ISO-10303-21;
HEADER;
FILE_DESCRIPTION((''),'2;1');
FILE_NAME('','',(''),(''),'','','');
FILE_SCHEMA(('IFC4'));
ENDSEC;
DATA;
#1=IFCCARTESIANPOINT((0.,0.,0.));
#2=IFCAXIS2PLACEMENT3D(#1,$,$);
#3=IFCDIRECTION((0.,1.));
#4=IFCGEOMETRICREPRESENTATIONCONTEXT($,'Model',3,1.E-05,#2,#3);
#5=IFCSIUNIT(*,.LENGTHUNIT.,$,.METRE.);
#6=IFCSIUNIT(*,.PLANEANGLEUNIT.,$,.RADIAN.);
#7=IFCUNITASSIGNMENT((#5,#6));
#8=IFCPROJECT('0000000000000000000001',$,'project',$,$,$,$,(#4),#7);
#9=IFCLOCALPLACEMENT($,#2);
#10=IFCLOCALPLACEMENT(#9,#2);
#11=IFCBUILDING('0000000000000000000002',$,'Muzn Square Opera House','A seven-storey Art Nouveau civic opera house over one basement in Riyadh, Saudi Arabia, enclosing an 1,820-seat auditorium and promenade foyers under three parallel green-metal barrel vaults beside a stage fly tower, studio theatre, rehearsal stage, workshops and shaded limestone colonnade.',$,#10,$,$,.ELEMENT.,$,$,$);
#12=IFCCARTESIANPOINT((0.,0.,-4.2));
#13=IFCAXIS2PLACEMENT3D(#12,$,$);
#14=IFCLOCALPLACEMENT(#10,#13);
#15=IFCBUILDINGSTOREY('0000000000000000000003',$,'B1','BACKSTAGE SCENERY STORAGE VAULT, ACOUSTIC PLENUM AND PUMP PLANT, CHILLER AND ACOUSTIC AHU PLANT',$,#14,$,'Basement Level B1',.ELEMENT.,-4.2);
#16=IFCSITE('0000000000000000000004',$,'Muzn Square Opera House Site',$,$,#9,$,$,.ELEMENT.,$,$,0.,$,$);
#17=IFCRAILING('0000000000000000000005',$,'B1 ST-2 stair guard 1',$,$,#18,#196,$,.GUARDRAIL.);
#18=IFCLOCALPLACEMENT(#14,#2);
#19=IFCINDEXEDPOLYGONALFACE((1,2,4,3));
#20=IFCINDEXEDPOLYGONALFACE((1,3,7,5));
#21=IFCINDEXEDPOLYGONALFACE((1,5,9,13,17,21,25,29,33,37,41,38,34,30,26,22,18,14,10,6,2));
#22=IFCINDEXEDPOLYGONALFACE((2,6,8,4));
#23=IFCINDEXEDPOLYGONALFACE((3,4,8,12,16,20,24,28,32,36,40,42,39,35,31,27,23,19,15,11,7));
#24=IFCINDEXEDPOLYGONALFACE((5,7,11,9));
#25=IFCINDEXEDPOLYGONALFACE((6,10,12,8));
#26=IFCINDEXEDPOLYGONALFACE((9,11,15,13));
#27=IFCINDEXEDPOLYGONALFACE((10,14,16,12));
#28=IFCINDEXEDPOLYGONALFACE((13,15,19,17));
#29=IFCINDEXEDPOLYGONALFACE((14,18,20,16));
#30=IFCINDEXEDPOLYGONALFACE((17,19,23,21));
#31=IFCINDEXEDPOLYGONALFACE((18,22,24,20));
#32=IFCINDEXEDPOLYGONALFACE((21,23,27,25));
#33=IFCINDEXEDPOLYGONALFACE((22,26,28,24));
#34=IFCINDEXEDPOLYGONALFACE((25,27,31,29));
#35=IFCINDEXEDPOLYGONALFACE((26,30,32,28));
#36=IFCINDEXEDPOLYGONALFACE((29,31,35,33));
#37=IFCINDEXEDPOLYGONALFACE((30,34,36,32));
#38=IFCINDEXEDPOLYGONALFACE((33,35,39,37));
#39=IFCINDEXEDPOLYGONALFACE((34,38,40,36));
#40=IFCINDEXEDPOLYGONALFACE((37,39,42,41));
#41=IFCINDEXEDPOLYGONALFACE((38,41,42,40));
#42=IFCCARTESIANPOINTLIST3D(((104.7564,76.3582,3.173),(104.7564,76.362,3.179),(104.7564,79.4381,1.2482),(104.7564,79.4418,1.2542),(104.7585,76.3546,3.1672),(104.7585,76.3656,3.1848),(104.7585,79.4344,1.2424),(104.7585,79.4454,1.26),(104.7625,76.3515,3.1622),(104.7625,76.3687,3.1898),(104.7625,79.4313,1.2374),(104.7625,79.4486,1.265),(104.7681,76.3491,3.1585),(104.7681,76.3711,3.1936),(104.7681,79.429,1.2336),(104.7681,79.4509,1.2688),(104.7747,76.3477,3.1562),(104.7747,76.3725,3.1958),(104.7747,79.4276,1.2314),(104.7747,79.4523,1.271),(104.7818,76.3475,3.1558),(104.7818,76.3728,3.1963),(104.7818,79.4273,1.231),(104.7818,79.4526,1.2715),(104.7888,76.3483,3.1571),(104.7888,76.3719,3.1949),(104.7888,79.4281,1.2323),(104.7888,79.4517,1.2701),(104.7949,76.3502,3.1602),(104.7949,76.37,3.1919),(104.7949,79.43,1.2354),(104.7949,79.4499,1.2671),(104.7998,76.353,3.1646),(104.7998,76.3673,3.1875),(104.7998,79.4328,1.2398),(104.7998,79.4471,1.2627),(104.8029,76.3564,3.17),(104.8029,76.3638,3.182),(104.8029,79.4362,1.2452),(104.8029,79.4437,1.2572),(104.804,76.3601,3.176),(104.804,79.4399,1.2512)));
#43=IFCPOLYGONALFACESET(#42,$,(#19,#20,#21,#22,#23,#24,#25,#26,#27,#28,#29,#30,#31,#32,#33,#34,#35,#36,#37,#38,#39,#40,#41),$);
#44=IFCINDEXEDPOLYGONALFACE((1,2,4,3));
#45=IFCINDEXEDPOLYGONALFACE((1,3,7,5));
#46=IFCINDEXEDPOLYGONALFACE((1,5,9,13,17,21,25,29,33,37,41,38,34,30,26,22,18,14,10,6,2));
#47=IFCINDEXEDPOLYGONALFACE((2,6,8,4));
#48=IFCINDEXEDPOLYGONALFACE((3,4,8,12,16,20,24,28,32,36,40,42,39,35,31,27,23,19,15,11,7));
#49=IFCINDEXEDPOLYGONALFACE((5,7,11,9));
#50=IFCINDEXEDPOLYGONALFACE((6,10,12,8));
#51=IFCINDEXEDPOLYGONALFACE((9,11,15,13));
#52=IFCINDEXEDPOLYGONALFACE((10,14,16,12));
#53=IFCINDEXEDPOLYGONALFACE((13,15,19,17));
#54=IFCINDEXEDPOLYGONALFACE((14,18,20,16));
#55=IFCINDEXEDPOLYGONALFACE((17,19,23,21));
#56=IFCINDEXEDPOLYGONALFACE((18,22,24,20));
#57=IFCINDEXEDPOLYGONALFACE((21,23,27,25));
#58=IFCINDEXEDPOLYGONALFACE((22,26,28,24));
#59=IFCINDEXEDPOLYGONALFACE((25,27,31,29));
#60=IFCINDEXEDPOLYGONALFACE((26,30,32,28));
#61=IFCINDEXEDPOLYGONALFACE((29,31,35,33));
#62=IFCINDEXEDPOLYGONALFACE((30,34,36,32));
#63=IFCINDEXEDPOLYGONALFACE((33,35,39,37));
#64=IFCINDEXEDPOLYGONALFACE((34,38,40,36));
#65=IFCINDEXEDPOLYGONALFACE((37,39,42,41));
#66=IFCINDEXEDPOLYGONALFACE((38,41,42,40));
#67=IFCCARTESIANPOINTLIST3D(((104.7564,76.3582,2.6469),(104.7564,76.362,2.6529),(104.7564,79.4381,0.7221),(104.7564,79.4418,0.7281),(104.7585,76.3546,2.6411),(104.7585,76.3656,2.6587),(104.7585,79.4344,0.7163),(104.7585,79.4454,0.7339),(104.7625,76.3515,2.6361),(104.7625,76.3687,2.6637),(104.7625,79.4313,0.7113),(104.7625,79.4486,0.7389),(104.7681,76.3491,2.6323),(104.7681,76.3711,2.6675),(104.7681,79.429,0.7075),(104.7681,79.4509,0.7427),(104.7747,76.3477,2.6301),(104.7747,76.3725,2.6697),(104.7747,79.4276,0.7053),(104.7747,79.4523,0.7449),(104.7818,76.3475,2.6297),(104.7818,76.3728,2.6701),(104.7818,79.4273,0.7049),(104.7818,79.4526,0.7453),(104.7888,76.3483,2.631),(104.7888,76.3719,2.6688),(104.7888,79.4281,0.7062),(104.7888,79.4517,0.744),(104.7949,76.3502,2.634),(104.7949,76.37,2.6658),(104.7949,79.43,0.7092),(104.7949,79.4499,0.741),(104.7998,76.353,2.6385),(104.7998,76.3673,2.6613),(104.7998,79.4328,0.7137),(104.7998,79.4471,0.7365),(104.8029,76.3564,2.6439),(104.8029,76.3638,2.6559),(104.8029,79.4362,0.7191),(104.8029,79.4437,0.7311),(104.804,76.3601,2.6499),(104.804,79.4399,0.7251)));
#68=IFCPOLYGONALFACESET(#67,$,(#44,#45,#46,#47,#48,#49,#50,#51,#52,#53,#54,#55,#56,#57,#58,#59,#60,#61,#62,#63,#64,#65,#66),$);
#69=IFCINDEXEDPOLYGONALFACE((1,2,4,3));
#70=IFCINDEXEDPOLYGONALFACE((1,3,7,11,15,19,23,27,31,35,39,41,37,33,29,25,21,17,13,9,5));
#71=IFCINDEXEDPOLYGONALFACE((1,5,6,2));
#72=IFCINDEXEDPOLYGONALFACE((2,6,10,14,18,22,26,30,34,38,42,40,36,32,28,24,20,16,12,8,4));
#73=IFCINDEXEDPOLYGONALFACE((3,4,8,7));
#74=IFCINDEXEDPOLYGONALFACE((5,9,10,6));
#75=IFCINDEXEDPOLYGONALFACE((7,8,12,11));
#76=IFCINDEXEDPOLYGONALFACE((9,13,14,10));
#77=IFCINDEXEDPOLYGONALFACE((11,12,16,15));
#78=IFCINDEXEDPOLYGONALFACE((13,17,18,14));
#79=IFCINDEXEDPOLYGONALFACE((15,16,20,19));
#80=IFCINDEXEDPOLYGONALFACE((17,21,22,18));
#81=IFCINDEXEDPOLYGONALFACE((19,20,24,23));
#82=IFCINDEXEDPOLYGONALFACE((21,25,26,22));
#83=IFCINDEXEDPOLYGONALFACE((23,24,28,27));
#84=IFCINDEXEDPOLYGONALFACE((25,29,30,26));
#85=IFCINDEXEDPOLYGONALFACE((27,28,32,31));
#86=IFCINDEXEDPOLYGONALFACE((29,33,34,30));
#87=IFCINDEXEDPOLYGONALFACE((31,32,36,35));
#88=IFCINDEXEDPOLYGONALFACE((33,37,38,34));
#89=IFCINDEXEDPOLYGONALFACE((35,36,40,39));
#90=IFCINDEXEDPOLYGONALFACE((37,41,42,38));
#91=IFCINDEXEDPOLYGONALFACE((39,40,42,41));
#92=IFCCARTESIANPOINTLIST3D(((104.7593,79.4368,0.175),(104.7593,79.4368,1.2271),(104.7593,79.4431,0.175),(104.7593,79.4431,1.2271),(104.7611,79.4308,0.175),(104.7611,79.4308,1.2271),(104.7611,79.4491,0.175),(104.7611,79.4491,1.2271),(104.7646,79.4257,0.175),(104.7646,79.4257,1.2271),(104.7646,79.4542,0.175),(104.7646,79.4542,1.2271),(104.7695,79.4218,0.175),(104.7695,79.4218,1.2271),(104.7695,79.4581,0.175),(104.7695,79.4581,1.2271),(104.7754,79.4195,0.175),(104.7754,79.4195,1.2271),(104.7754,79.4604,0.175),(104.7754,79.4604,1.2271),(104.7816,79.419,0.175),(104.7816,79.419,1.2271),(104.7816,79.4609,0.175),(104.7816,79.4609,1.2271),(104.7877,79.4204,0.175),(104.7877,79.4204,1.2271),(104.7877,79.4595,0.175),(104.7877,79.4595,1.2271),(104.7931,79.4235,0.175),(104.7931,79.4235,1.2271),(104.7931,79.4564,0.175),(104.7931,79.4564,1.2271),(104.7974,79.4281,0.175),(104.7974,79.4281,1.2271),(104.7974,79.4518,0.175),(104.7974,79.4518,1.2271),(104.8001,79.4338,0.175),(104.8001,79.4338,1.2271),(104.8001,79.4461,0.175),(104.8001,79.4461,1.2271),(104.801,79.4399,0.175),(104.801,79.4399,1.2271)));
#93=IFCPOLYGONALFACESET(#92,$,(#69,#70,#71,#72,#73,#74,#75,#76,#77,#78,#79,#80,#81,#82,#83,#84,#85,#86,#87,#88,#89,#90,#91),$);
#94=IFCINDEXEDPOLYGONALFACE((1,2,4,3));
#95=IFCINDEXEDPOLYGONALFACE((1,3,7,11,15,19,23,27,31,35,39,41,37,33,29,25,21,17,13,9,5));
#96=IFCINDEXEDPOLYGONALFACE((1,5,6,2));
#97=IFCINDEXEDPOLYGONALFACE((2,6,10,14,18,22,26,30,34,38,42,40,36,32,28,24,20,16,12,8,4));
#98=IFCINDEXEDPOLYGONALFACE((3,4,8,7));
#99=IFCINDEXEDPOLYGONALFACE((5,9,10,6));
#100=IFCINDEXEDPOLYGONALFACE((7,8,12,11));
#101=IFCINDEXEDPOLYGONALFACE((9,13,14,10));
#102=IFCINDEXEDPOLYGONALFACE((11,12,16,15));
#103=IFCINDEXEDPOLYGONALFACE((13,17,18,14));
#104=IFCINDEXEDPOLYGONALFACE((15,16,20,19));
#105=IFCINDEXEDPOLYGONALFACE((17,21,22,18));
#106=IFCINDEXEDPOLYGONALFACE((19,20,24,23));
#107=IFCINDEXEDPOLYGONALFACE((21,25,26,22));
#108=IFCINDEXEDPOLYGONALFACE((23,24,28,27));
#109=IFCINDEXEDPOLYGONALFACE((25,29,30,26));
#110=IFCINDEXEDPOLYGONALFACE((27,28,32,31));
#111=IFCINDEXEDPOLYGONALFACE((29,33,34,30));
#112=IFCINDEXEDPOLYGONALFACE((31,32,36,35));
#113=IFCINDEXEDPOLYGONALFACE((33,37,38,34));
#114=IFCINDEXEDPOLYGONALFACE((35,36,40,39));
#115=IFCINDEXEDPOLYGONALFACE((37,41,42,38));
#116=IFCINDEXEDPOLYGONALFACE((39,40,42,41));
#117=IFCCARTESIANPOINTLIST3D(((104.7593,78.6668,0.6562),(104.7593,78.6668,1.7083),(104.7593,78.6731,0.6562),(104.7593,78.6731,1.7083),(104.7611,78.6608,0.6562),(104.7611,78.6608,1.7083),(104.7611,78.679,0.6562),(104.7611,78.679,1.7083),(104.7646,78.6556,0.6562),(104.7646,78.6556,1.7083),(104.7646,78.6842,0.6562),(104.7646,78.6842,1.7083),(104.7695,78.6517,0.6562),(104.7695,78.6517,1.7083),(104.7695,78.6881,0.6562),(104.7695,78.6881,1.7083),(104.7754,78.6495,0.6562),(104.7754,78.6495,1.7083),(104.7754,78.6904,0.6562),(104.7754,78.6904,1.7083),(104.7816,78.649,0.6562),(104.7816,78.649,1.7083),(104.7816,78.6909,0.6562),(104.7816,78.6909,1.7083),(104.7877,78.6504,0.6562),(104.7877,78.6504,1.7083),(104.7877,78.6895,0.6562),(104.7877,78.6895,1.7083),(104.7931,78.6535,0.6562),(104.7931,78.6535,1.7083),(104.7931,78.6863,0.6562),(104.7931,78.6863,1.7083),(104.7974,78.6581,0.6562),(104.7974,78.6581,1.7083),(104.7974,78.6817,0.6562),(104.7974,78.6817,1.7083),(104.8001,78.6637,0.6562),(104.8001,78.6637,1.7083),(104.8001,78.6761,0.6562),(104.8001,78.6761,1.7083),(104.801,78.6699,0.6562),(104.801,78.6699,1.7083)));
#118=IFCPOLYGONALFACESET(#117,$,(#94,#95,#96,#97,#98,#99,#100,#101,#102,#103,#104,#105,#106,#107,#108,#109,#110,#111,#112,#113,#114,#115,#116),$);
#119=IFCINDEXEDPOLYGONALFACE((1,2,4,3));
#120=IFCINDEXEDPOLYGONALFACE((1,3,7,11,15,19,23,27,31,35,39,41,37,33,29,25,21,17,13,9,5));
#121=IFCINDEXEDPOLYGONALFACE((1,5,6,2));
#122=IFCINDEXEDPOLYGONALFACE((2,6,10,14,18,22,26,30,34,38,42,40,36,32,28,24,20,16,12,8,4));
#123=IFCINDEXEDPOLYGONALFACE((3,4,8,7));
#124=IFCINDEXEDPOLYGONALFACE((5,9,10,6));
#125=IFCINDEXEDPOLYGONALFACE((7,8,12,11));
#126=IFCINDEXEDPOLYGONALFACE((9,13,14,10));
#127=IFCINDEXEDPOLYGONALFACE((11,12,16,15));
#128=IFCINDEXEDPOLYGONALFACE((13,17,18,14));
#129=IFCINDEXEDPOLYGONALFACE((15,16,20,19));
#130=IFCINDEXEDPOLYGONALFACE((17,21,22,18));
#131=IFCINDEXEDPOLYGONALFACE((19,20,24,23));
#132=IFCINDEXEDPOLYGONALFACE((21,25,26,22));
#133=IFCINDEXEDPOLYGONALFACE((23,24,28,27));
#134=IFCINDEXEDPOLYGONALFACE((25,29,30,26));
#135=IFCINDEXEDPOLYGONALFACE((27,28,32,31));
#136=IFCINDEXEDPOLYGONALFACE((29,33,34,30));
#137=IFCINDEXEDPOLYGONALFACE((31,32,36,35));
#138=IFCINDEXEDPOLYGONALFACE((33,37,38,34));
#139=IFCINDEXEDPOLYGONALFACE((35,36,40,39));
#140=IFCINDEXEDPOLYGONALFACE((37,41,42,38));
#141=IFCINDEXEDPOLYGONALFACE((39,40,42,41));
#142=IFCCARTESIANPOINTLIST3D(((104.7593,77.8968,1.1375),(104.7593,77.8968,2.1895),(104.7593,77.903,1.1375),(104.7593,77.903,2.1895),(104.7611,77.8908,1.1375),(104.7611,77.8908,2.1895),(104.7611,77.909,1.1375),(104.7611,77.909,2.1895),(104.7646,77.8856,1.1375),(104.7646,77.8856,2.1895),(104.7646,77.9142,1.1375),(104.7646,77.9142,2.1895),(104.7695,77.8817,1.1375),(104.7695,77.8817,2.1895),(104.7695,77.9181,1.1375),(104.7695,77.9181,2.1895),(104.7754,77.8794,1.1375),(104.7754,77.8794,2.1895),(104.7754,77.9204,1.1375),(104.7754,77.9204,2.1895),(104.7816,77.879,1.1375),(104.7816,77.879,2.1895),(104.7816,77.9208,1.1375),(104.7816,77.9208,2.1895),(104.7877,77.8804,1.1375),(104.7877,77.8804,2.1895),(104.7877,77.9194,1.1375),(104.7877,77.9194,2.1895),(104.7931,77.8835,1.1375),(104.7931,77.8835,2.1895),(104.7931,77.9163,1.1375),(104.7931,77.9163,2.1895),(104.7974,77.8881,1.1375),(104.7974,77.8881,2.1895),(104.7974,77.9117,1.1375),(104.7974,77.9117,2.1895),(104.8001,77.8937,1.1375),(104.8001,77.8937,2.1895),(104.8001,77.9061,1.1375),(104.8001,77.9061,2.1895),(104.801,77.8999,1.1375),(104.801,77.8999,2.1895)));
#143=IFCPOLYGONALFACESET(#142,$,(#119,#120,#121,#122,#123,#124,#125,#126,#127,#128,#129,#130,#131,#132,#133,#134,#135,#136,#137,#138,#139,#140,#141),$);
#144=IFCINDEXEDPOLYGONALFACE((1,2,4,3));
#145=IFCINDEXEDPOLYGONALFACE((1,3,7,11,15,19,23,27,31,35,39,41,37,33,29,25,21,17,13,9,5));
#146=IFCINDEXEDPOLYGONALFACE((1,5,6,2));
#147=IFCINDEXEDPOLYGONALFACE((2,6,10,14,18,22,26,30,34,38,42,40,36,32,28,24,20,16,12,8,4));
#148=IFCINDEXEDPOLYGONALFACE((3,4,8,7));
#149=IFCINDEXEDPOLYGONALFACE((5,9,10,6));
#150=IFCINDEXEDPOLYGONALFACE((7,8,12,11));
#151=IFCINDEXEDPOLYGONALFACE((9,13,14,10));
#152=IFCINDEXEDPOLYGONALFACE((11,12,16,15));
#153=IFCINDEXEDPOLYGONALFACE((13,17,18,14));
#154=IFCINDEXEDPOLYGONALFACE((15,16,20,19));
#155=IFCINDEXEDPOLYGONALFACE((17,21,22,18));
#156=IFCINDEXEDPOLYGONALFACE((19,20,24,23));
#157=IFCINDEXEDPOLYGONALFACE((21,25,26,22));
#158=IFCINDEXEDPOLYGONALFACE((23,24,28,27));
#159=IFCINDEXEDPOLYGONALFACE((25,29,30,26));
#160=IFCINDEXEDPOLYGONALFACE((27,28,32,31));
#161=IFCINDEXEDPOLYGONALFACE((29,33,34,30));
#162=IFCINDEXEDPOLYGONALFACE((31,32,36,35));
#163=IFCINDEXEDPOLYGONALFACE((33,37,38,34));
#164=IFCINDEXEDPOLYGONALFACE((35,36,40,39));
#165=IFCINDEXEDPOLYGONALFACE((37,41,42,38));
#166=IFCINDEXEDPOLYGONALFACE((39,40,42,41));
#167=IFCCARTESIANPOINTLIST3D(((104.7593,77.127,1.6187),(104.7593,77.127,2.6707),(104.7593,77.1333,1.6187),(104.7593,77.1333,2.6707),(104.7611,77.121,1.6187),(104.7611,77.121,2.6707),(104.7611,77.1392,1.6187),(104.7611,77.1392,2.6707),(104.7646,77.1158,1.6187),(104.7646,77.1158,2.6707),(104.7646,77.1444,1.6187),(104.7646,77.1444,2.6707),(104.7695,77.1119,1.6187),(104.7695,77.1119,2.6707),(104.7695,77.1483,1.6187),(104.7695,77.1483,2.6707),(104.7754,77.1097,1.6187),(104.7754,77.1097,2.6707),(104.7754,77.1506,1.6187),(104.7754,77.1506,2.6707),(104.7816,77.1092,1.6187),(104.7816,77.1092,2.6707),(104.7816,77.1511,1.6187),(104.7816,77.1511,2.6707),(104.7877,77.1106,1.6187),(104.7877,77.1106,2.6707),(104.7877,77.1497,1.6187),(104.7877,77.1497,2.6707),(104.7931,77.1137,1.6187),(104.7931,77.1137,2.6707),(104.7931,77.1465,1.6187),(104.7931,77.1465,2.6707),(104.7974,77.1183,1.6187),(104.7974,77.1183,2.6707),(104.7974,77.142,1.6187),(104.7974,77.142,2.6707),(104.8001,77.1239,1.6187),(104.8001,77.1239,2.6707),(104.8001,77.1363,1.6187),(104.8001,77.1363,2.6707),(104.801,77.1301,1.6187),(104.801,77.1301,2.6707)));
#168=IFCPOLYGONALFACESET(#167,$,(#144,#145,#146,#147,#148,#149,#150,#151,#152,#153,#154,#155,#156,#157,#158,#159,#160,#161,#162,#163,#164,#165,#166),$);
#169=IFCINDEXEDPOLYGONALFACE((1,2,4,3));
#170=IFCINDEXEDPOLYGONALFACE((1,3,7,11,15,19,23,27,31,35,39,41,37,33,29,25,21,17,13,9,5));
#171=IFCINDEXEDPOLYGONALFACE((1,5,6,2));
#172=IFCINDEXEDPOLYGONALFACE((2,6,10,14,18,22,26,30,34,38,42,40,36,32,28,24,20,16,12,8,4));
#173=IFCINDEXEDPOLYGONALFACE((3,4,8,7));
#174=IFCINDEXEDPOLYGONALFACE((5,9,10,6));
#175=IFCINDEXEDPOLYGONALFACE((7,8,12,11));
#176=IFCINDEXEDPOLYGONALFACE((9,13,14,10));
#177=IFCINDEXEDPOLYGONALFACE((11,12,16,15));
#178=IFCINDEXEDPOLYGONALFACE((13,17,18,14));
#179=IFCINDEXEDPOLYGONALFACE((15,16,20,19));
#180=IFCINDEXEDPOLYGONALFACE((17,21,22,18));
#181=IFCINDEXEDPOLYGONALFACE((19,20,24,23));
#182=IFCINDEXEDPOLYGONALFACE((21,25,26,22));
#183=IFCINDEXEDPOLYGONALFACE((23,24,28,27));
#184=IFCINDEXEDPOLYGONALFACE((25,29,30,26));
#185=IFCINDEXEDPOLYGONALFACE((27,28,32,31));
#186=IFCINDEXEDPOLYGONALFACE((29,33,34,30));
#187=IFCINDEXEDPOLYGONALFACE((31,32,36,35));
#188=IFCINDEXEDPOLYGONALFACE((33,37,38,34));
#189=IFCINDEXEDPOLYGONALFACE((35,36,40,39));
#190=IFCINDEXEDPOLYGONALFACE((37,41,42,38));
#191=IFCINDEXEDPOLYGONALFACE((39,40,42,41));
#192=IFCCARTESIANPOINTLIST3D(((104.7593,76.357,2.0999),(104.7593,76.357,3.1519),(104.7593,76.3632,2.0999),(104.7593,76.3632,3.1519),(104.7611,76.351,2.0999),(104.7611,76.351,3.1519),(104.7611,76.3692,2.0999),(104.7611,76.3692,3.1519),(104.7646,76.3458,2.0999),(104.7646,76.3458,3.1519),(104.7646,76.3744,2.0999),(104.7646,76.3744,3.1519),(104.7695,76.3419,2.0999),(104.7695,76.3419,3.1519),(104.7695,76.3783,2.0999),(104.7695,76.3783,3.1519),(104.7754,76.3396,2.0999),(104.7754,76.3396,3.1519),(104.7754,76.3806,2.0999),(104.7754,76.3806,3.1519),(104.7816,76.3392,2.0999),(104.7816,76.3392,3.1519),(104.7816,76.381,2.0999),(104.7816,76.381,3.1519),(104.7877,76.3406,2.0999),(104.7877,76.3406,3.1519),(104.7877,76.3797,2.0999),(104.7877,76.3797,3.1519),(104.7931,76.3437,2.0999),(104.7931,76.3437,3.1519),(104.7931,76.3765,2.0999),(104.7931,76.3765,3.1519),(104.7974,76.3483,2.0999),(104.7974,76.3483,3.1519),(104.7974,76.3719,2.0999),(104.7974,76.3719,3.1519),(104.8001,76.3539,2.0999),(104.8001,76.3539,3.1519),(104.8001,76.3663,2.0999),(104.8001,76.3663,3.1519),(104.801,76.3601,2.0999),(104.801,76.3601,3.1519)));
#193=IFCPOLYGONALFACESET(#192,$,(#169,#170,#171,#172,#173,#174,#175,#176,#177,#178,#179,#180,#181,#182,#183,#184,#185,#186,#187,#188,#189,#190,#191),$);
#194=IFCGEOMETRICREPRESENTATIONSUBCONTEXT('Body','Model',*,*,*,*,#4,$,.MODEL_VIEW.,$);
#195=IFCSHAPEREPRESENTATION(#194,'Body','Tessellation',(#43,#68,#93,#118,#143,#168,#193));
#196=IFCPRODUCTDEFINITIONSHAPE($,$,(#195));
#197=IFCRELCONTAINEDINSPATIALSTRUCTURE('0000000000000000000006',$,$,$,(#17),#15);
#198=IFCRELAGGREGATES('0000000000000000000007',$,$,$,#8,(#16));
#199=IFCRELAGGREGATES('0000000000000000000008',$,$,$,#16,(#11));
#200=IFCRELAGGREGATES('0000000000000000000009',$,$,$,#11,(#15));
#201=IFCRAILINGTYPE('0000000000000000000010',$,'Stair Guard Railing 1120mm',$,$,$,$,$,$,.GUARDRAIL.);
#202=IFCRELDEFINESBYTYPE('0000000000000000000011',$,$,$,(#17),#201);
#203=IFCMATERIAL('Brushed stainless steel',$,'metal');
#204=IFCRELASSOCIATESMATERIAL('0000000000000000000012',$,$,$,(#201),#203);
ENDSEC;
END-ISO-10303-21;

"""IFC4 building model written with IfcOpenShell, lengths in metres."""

from ifc_helpers import new_model, si_unit, direction, frame, origin, origin_2d, place, context, subcontext, project, spatial, circle, extrude, material, type_object, element, save


model = new_model("IFC4")

# Units and contexts
model_context = context("Model", 3, precision=1e-05, world=origin(), true_north=direction((0.0, 1.0)))
body_context = subcontext(model_context, "Body", "Model", "MODEL_VIEW")
ifc_project = project(units=[si_unit("LENGTHUNIT", "METRE"), si_unit("PLANEANGLEUNIT", "RADIAN")], contexts=[model_context])

# Site, building, storey
site_placement = place(None, origin())
site = spatial("IfcSite", under=ifc_project, at=site_placement, Name="Muzn Square Opera House Site", CompositionType="ELEMENT", RefElevation=0.0)
building_placement = place(site_placement, origin())
building = spatial("IfcBuilding", under=site, at=building_placement, Name="Muzn Square Opera House", Description="A seven-storey Art Nouveau civic opera house over one basement in Riyadh, Saudi Arabia, enclosing an 1,820-seat auditorium and promenade foyers under three parallel green-metal barrel vaults beside a stage fly tower, studio theatre, rehearsal stage, workshops and shaded limestone colonnade.", CompositionType="ELEMENT")
storey_placement = place(building_placement, frame((0.0, 0.0, -4.2)))
storey = spatial("IfcBuildingStorey", under=building, at=storey_placement, Name="B1", Description="BACKSTAGE SCENERY STORAGE VAULT, ACOUSTIC PLENUM AND PUMP PLANT, CHILLER AND ACOUSTIC AHU PLANT", LongName="Basement Level B1", CompositionType="ELEMENT", Elevation=-4.2)

# Railing
ifc_material_1 = material(Name="Brushed stainless steel", Category="metal")
railing_type_1 = type_object("IfcRailingType", Name="Stair Guard Railing 1120mm", PredefinedType="GUARDRAIL", material=ifc_material_1)
railing_1_placement = place(storey_placement, frame((104.78, 79.4399, 0.175)))
element("IfcRailing", 1, at=railing_1_placement, inside=storey, type_object=railing_type_1, Name="B1 ST-2 stair guard 1", PredefinedType="GUARDRAIL", context=body_context, shape_type="SweptSolid", body=[
    extrude(circle(Radius=0.0239, at=origin_2d()), frame((0.0, 0.0, 1.0762), z_axis=(0.0, -0.84801, 0.529981), x_axis=(1.0, 0.0, 0.0)), (0.0, 0.0, 1.0), 3.6318),
    extrude(circle(Radius=0.0239, at=origin_2d()), frame((0.0, 0.0, 0.55), z_axis=(0.0, -0.84801, 0.529981), x_axis=(1.0, 0.0, 0.0)), (0.0, 0.0, 1.0), 3.6318),
    extrude(circle(Radius=0.021, at=origin_2d()), origin(), (0.0, 0.0, 1.0), 1.052),
    extrude(circle(Radius=0.021, at=origin_2d()), frame((0.0, -0.77, 0.4812)), (0.0, 0.0, 1.0), 1.052),
    extrude(circle(Radius=0.021, at=origin_2d()), frame((0.0, -1.54, 0.9624)), (0.0, 0.0, 1.0), 1.052),
    extrude(circle(Radius=0.021, at=origin_2d()), frame((0.0, -2.3098, 1.4436)), (0.0, 0.0, 1.0), 1.052),
    extrude(circle(Radius=0.021, at=origin_2d()), frame((0.0, -3.0798, 1.9248)), (0.0, 0.0, 1.0), 1.052),
])

save(model, "model.ifc")
